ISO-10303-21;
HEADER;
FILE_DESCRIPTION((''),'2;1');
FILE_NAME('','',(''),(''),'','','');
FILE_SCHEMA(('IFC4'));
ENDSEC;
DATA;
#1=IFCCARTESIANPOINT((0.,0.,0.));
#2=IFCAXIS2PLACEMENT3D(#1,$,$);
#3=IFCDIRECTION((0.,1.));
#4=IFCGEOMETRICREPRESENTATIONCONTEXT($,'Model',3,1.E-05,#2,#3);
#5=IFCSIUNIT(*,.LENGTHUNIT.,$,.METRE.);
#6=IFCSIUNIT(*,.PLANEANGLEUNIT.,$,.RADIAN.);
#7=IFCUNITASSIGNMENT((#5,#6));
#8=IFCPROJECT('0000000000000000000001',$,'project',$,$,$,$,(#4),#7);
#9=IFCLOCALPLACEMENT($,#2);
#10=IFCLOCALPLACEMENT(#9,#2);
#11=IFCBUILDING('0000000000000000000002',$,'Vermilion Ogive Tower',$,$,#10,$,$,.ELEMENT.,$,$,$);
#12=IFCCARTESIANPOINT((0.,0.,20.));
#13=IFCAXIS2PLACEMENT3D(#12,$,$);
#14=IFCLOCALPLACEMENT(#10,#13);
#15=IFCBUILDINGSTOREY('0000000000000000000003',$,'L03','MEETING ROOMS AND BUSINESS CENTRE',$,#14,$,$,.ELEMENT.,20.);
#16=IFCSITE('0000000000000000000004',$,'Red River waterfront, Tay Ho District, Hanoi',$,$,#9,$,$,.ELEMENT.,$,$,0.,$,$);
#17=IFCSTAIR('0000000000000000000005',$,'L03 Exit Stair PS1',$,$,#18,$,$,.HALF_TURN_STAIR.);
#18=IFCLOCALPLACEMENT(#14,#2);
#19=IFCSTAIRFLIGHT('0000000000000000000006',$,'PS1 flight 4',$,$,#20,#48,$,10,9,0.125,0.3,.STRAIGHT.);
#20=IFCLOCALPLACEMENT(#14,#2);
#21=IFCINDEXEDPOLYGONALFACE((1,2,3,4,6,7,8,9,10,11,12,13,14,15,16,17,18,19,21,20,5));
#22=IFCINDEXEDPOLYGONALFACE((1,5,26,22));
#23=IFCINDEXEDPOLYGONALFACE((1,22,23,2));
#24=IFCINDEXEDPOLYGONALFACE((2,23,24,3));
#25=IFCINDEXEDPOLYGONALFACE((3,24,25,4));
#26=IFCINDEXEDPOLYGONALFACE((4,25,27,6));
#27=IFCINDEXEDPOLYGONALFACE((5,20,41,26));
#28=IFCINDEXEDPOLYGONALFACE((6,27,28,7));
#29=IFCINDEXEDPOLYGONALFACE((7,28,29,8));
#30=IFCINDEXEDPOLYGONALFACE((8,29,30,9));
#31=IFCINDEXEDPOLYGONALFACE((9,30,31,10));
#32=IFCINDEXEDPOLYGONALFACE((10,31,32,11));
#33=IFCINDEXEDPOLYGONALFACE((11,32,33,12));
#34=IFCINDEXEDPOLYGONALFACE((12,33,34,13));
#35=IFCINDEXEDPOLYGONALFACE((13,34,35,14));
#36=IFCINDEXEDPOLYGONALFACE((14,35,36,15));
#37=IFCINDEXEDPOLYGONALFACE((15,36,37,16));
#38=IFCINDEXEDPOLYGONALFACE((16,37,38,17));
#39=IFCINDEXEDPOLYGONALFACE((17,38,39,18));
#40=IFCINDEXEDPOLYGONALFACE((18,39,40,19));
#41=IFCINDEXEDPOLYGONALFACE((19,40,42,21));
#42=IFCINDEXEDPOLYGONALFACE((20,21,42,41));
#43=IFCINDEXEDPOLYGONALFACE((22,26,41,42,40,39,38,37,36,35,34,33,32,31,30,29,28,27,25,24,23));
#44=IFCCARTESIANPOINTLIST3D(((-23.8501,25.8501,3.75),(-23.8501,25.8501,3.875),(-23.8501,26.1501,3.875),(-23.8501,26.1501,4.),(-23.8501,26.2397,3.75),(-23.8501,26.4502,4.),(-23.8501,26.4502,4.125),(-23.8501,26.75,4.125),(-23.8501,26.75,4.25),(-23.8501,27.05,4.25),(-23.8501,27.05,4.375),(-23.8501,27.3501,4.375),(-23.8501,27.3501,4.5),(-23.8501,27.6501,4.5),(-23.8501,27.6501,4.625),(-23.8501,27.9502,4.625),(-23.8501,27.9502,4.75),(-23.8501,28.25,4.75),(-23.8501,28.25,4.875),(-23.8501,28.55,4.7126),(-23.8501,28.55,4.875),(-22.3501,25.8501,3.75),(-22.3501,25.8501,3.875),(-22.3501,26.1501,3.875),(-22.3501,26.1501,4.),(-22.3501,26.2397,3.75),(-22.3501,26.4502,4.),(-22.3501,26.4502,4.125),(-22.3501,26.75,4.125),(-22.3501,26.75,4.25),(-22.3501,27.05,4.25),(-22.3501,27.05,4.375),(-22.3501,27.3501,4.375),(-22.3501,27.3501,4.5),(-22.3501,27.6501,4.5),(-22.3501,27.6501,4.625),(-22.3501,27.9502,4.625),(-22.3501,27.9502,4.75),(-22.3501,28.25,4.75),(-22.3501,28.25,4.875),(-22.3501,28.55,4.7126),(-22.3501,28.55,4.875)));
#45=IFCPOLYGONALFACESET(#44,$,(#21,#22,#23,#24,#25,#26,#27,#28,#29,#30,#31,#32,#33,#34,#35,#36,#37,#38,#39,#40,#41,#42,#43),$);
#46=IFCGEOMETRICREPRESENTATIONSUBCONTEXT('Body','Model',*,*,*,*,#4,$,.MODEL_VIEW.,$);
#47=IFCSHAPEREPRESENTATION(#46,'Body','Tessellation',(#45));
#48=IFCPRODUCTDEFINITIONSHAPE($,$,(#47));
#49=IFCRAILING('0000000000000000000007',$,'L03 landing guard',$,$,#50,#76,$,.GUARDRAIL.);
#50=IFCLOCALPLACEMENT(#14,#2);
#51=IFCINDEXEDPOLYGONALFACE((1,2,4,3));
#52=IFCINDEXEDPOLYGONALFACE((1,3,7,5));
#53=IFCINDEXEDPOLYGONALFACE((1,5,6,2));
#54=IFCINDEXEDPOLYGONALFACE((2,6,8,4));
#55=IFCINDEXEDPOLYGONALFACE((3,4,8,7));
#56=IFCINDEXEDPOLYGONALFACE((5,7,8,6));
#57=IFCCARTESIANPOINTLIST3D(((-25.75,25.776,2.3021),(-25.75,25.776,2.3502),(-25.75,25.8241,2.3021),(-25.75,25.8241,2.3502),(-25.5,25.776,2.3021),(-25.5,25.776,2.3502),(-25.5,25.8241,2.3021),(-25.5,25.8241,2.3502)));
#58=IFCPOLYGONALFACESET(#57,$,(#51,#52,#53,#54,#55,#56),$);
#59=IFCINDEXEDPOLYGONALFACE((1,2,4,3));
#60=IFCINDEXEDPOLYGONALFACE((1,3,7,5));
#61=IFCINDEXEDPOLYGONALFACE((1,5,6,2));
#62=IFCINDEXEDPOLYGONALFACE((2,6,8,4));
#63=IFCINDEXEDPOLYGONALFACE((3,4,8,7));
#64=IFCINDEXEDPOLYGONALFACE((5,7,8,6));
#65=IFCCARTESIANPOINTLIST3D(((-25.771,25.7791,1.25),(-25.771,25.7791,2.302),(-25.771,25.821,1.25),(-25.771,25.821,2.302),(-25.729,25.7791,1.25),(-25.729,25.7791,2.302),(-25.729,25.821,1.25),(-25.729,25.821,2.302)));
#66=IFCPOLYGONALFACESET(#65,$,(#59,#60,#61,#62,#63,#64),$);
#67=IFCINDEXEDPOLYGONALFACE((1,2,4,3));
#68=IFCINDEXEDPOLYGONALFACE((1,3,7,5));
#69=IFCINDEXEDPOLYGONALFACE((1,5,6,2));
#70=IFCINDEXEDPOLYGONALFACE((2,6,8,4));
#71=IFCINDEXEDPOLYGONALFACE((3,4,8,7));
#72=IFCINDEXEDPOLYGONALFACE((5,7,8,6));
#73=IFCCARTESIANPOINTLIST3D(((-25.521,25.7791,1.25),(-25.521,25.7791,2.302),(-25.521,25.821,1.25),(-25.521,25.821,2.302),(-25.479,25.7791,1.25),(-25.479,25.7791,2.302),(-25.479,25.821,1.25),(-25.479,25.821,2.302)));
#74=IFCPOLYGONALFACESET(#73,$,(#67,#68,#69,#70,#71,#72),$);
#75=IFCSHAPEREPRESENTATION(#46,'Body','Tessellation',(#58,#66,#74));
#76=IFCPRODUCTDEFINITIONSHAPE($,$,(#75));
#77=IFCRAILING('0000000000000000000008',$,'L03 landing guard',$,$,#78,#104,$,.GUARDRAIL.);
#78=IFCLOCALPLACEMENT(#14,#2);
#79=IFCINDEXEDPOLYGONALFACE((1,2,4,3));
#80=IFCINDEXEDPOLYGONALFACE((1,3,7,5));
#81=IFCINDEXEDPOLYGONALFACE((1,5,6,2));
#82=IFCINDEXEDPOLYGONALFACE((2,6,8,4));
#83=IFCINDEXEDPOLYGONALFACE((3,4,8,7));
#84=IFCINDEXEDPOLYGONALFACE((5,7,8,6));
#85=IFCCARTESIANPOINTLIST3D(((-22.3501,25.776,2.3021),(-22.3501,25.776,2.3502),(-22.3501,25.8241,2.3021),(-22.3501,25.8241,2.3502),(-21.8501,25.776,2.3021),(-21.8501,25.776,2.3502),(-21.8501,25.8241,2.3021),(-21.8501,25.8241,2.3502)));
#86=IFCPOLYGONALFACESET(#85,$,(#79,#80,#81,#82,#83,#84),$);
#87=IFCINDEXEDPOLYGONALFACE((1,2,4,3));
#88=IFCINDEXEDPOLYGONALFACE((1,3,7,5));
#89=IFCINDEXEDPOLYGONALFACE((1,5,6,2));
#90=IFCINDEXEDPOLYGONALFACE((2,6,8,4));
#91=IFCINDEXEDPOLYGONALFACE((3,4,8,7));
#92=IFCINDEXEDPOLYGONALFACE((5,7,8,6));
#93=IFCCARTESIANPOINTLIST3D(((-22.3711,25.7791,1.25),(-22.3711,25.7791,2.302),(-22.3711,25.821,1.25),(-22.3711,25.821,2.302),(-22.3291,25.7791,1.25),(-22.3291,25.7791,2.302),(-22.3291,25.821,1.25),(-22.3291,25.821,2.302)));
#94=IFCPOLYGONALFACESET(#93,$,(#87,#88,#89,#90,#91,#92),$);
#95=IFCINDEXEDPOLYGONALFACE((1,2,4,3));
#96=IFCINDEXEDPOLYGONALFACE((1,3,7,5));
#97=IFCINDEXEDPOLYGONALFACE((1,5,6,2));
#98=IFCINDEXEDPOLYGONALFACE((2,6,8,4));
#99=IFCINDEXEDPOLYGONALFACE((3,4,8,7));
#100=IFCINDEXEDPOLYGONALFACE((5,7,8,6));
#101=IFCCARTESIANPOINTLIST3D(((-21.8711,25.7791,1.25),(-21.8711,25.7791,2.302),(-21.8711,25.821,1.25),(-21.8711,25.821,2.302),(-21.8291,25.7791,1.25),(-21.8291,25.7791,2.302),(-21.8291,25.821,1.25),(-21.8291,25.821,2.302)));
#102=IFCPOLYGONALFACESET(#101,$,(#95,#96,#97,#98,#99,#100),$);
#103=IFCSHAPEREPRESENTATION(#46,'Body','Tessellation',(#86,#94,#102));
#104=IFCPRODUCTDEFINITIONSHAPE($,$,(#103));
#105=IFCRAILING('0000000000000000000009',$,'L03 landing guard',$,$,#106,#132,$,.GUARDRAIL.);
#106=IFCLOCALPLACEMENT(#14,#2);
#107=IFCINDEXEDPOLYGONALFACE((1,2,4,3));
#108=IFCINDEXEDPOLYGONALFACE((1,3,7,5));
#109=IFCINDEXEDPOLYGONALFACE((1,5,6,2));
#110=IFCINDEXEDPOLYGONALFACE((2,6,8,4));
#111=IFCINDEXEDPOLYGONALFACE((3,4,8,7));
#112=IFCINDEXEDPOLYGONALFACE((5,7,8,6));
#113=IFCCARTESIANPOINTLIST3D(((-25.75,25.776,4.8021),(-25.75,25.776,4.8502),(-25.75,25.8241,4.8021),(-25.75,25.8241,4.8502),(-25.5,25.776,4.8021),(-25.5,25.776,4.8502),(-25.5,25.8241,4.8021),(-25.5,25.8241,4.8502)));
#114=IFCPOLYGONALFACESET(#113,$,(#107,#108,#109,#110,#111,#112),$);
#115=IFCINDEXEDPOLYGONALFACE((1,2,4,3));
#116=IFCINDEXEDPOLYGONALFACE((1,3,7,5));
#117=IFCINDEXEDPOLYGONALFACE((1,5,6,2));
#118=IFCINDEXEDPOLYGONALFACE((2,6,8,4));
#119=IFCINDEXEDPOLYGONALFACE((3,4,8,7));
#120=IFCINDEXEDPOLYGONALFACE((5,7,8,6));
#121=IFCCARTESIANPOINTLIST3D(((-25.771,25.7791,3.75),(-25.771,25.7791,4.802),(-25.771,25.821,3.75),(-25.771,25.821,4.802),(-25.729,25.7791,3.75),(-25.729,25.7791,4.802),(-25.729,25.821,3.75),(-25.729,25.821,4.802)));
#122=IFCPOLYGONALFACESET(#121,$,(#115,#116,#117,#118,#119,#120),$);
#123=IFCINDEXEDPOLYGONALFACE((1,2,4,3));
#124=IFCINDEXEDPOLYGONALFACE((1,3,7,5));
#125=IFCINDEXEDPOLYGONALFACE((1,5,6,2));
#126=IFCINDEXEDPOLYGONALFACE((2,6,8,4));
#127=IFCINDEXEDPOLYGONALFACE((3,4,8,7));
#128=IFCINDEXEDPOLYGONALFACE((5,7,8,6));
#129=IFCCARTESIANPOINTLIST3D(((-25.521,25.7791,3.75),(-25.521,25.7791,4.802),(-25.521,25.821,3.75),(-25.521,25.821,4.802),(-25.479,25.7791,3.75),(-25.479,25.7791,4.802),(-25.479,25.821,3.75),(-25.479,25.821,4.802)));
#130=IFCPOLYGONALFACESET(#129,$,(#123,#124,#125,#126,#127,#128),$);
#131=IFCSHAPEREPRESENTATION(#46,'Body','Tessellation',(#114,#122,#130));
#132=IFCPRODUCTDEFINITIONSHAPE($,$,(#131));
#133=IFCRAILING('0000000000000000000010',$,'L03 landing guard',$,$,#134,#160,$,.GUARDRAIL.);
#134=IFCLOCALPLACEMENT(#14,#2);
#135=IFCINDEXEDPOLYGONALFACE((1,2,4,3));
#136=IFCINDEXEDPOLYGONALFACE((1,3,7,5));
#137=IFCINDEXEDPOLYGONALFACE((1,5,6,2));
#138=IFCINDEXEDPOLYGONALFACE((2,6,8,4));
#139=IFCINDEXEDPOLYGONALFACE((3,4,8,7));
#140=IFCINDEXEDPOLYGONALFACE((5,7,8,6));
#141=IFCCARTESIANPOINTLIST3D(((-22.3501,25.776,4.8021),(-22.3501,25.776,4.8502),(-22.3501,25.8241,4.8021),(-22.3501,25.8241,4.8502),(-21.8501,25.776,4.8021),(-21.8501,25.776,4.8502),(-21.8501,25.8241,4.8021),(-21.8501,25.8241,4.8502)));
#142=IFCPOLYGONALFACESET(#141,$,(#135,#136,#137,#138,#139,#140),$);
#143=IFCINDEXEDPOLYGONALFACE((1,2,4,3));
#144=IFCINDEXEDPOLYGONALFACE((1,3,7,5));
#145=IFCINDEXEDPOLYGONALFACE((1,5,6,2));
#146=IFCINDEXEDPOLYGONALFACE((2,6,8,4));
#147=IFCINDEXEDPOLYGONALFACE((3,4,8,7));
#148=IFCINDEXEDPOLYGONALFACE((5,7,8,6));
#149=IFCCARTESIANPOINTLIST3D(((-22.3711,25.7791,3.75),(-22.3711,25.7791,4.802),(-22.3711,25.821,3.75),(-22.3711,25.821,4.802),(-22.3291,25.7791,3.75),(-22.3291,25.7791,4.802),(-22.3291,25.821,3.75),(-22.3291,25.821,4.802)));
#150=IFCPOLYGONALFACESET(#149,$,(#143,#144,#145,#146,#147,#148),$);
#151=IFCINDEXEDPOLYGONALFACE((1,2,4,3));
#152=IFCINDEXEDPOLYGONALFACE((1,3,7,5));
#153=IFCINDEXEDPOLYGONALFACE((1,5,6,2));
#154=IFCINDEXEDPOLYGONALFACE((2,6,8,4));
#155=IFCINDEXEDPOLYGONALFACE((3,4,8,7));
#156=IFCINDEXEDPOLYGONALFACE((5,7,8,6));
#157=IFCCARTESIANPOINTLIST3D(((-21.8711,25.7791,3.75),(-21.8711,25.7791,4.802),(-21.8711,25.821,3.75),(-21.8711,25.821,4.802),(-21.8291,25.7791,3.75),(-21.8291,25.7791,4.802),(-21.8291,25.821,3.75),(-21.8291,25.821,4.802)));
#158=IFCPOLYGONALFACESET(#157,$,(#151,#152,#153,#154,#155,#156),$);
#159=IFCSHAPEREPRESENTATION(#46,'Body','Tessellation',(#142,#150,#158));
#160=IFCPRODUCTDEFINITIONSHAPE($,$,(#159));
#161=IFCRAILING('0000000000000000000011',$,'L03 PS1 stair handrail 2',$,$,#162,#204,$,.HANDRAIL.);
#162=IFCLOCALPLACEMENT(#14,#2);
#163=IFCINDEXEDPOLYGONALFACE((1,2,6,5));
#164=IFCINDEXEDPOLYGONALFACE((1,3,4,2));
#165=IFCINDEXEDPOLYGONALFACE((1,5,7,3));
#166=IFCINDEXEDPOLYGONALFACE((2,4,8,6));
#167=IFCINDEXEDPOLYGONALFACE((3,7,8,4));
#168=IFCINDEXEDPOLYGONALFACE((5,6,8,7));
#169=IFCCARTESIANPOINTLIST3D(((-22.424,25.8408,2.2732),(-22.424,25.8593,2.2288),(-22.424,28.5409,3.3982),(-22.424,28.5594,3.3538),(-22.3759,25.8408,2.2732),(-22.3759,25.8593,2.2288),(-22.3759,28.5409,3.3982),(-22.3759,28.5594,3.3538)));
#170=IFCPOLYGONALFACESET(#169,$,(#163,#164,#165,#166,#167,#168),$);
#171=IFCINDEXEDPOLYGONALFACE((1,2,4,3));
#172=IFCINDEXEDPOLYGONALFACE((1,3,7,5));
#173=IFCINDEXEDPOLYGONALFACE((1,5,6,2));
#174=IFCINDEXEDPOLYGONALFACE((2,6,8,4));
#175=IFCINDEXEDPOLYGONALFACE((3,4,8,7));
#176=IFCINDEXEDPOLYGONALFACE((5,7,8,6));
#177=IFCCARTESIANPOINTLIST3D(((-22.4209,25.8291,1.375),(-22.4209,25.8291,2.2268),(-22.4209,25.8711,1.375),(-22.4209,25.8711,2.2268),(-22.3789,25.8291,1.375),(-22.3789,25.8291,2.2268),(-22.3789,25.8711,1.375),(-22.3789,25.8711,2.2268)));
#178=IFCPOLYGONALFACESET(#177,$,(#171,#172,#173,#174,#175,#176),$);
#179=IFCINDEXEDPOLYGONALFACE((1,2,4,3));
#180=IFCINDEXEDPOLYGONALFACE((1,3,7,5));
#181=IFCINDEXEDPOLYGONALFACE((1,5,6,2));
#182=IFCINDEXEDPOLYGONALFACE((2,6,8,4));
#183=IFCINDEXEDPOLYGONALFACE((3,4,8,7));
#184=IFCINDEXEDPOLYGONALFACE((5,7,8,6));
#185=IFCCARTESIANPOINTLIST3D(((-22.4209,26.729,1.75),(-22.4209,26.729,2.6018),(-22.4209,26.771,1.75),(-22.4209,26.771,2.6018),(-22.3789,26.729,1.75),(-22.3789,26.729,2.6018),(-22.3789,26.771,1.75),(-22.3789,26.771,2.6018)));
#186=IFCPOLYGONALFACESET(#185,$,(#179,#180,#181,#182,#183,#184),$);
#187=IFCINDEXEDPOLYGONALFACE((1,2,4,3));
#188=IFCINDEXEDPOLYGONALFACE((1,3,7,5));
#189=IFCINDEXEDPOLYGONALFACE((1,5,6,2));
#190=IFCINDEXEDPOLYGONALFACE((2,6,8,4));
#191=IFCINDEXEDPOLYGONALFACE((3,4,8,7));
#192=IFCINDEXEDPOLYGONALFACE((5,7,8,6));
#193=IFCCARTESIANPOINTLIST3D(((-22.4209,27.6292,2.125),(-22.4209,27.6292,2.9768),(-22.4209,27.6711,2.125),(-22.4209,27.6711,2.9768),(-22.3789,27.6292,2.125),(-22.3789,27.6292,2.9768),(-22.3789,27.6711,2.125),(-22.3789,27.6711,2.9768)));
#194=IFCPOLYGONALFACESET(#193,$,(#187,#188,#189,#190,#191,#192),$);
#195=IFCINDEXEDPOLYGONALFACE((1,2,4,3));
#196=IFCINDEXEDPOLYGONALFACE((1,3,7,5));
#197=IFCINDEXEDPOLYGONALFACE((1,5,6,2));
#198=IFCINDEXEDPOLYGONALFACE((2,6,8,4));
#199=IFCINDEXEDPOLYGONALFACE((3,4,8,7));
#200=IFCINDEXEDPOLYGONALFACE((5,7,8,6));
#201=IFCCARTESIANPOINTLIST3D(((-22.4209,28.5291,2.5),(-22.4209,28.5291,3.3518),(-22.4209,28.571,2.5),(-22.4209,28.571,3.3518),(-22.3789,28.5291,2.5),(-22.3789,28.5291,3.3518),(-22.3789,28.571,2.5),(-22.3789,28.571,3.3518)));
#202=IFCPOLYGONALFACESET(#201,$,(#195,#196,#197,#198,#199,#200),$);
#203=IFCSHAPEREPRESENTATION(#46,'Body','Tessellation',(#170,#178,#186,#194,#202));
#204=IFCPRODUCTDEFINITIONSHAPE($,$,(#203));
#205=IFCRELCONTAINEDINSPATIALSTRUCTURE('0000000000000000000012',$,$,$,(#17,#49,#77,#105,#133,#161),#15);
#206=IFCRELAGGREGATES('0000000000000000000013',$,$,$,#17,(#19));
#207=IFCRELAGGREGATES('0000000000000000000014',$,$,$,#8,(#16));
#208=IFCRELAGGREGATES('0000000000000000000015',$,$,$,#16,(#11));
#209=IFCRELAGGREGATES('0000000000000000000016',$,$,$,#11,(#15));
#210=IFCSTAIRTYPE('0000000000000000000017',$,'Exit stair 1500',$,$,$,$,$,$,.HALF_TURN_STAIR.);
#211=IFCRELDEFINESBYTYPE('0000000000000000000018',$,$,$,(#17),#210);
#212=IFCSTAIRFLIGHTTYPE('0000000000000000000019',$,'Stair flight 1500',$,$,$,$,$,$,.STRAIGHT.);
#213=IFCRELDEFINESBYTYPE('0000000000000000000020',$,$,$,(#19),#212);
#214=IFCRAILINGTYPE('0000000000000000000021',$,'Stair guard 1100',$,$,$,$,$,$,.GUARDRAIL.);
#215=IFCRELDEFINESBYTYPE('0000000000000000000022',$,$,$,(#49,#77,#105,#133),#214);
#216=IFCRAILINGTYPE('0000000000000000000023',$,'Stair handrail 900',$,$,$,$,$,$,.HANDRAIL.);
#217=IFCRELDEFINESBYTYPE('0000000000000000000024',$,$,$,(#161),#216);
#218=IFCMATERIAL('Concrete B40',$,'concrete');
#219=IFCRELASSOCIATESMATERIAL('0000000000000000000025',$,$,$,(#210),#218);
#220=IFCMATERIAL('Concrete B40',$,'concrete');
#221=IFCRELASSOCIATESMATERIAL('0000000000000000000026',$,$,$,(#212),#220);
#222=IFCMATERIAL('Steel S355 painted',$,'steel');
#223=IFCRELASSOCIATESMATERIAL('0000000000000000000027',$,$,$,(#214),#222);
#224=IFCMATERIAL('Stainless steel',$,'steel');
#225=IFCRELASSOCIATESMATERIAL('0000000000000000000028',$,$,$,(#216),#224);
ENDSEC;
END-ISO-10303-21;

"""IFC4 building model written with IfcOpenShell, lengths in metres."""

from ifc_helpers import new_model, si_unit, direction, frame, origin, origin_2d, place, context, subcontext, project, spatial, polyline, rectangle, outline, extrude, material, type_object, element, aggregate, save


model = new_model("IFC4")

# Units and contexts
model_context = context("Model", 3, precision=1e-05, world=origin(), true_north=direction((0.0, 1.0)))
body_context = subcontext(model_context, "Body", "Model", "MODEL_VIEW")
ifc_project = project(units=[si_unit("LENGTHUNIT", "METRE"), si_unit("PLANEANGLEUNIT", "RADIAN")], contexts=[model_context])

# Site, building, storey
site_placement = place(None, origin())
site = spatial("IfcSite", under=ifc_project, at=site_placement, Name="Red River waterfront, Tay Ho District, Hanoi", CompositionType="ELEMENT", RefElevation=0.0)
building_placement = place(site_placement, origin())
building = spatial("IfcBuilding", under=site, at=building_placement, Name="Vermilion Ogive Tower", CompositionType="ELEMENT")
storey_placement = place(building_placement, frame((0.0, 0.0, 20.0)))
storey = spatial("IfcBuildingStorey", under=building, at=storey_placement, Name="L03", Description="MEETING ROOMS AND BUSINESS CENTRE", CompositionType="ELEMENT", Elevation=20.0)

# Stair, stair flight
ifc_material_1 = material(Name="Concrete B40", Category="concrete")
stair_type = type_object("IfcStairType", Name="Exit stair 1500", PredefinedType="HALF_TURN_STAIR", material=ifc_material_1)
stair_placement = place(storey_placement, origin())
stair = element("IfcStair", 1, at=stair_placement, inside=storey, type_object=stair_type, Name="L03 Exit Stair PS1", PredefinedType="HALF_TURN_STAIR")
ifc_material_2 = material(Name="Concrete B40", Category="concrete")
stair_flight_type = type_object("IfcStairFlightType", Name="Stair flight 1500", PredefinedType="STRAIGHT", material=ifc_material_2)
stair_flight_1_placement = place(storey_placement, frame((-23.1001, 25.8501, 3.75), z_axis=(0.0, 0.0, 1.0), x_axis=(0.0, 1.0, 0.0)))
stair_flight_1 = element("IfcStairFlight", 2, at=stair_flight_1_placement, type_object=stair_flight_type, Name="PS1 flight 4", NumberOfRisers=10, NumberOfTreads=9, PredefinedType="STRAIGHT", RiserHeight=0.125, TreadLength=0.3, context=body_context, shape_type="SweptSolid", body=[
    extrude(outline(polyline([(0.0, 0.0), (0.0, 0.125), (0.3, 0.125), (0.3, 0.25), (0.6001, 0.25), (0.6001, 0.375), (0.8999, 0.375), (0.8999, 0.5), (1.2, 0.5), (1.2, 0.625), (1.5, 0.625), (1.5, 0.75), (1.8, 0.75), (1.8, 0.875), (2.1001, 0.875), (2.1001, 1.0), (2.3999, 1.0), (2.3999, 1.125), (2.7, 1.125), (2.7, 1.25), (2.7, 0.9626), (0.3896, 0.0), (0.0, 0.0)])), frame((0.0, 0.75, 0.0), z_axis=(0.0, -1.0, 0.0), x_axis=(1.0, 0.0, 0.0)), (0.0, 0.0, 1.0), 1.5),
])
aggregate(stair, [stair_flight_1])

# Railings
ifc_material_3 = material(Name="Steel S355 painted", Category="steel")
railing_type_1 = type_object("IfcRailingType", Name="Stair guard 1100", PredefinedType="GUARDRAIL", material=ifc_material_3)
railing_1_placement = place(storey_placement, frame((-25.75, 25.8, 1.25)))
element("IfcRailing", 3, at=railing_1_placement, inside=storey, type_object=railing_type_1, Name="L03 landing guard", PredefinedType="GUARDRAIL", context=body_context, shape_type="SweptSolid", body=[
    extrude(rectangle(XDim=0.0481, YDim=0.0481, at=origin_2d()), frame((0.0, 0.0, 1.0762), z_axis=(1.0, 0.0, 0.0), x_axis=(0.0, 1.0, 0.0)), (0.0, 0.0, 1.0), 0.25),
    extrude(rectangle(XDim=0.042, YDim=0.042, at=origin_2d()), origin(), (0.0, 0.0, 1.0), 1.052),
    extrude(rectangle(XDim=0.042, YDim=0.042, at=origin_2d()), frame((0.25, 0.0, 0.0)), (0.0, 0.0, 1.0), 1.052),
])
railing_2_placement = place(storey_placement, frame((-22.3501, 25.8, 1.25)))
element("IfcRailing", 4, at=railing_2_placement, inside=storey, type_object=railing_type_1, Name="L03 landing guard", PredefinedType="GUARDRAIL", context=body_context, shape_type="SweptSolid", body=[
    extrude(rectangle(XDim=0.0481, YDim=0.0481, at=origin_2d()), frame((0.0, 0.0, 1.0762), z_axis=(1.0, 0.0, 0.0), x_axis=(0.0, 1.0, 0.0)), (0.0, 0.0, 1.0), 0.5),
    extrude(rectangle(XDim=0.042, YDim=0.042, at=origin_2d()), origin(), (0.0, 0.0, 1.0), 1.052),
    extrude(rectangle(XDim=0.042, YDim=0.042, at=origin_2d()), frame((0.5, 0.0, 0.0)), (0.0, 0.0, 1.0), 1.052),
])
railing_3_placement = place(storey_placement, frame((-25.75, 25.8, 3.75)))
element("IfcRailing", 5, at=railing_3_placement, inside=storey, type_object=railing_type_1, Name="L03 landing guard", PredefinedType="GUARDRAIL", context=body_context, shape_type="SweptSolid", body=[
    extrude(rectangle(XDim=0.0481, YDim=0.0481, at=origin_2d()), frame((0.0, 0.0, 1.0762), z_axis=(1.0, 0.0, 0.0), x_axis=(0.0, 1.0, 0.0)), (0.0, 0.0, 1.0), 0.25),
    extrude(rectangle(XDim=0.042, YDim=0.042, at=origin_2d()), origin(), (0.0, 0.0, 1.0), 1.052),
    extrude(rectangle(XDim=0.042, YDim=0.042, at=origin_2d()), frame((0.25, 0.0, 0.0)), (0.0, 0.0, 1.0), 1.052),
])
railing_4_placement = place(storey_placement, frame((-22.3501, 25.8, 3.75)))
element("IfcRailing", 6, at=railing_4_placement, inside=storey, type_object=railing_type_1, Name="L03 landing guard", PredefinedType="GUARDRAIL", context=body_context, shape_type="SweptSolid", body=[
    extrude(rectangle(XDim=0.0481, YDim=0.0481, at=origin_2d()), frame((0.0, 0.0, 1.0762), z_axis=(1.0, 0.0, 0.0), x_axis=(0.0, 1.0, 0.0)), (0.0, 0.0, 1.0), 0.5),
    extrude(rectangle(XDim=0.042, YDim=0.042, at=origin_2d()), origin(), (0.0, 0.0, 1.0), 1.052),
    extrude(rectangle(XDim=0.042, YDim=0.042, at=origin_2d()), frame((0.5, 0.0, 0.0)), (0.0, 0.0, 1.0), 1.052),
])
ifc_material_4 = material(Name="Stainless steel", Category="steel")
railing_type_2 = type_object("IfcRailingType", Name="Stair handrail 900", PredefinedType="HANDRAIL", material=ifc_material_4)
railing_5_placement = place(storey_placement, frame((-22.3999, 25.8501, 1.375)))
element("IfcRailing", 7, at=railing_5_placement, inside=storey, type_object=railing_type_2, Name="L03 PS1 stair handrail 2", PredefinedType="HANDRAIL", context=body_context, shape_type="SweptSolid", body=[
    extrude(rectangle(XDim=0.0481, YDim=0.0481, at=origin_2d()), frame((0.0, 0.0, 0.876), z_axis=(0.0, 0.923074, 0.384621), x_axis=(-1.0, 0.0, 0.0)), (0.0, 0.0, 1.0), 2.925),
    extrude(rectangle(XDim=0.042, YDim=0.042, at=origin_2d()), origin(), (0.0, 0.0, 1.0), 0.8518),
    extrude(rectangle(XDim=0.042, YDim=0.042, at=origin_2d()), frame((0.0, 0.8999, 0.375)), (0.0, 0.0, 1.0), 0.8518),
    extrude(rectangle(XDim=0.042, YDim=0.042, at=origin_2d()), frame((0.0, 1.8, 0.75)), (0.0, 0.0, 1.0), 0.8518),
    extrude(rectangle(XDim=0.042, YDim=0.042, at=origin_2d()), frame((0.0, 2.7, 1.125)), (0.0, 0.0, 1.0), 0.8518),
])

save(model, "model.ifc")
